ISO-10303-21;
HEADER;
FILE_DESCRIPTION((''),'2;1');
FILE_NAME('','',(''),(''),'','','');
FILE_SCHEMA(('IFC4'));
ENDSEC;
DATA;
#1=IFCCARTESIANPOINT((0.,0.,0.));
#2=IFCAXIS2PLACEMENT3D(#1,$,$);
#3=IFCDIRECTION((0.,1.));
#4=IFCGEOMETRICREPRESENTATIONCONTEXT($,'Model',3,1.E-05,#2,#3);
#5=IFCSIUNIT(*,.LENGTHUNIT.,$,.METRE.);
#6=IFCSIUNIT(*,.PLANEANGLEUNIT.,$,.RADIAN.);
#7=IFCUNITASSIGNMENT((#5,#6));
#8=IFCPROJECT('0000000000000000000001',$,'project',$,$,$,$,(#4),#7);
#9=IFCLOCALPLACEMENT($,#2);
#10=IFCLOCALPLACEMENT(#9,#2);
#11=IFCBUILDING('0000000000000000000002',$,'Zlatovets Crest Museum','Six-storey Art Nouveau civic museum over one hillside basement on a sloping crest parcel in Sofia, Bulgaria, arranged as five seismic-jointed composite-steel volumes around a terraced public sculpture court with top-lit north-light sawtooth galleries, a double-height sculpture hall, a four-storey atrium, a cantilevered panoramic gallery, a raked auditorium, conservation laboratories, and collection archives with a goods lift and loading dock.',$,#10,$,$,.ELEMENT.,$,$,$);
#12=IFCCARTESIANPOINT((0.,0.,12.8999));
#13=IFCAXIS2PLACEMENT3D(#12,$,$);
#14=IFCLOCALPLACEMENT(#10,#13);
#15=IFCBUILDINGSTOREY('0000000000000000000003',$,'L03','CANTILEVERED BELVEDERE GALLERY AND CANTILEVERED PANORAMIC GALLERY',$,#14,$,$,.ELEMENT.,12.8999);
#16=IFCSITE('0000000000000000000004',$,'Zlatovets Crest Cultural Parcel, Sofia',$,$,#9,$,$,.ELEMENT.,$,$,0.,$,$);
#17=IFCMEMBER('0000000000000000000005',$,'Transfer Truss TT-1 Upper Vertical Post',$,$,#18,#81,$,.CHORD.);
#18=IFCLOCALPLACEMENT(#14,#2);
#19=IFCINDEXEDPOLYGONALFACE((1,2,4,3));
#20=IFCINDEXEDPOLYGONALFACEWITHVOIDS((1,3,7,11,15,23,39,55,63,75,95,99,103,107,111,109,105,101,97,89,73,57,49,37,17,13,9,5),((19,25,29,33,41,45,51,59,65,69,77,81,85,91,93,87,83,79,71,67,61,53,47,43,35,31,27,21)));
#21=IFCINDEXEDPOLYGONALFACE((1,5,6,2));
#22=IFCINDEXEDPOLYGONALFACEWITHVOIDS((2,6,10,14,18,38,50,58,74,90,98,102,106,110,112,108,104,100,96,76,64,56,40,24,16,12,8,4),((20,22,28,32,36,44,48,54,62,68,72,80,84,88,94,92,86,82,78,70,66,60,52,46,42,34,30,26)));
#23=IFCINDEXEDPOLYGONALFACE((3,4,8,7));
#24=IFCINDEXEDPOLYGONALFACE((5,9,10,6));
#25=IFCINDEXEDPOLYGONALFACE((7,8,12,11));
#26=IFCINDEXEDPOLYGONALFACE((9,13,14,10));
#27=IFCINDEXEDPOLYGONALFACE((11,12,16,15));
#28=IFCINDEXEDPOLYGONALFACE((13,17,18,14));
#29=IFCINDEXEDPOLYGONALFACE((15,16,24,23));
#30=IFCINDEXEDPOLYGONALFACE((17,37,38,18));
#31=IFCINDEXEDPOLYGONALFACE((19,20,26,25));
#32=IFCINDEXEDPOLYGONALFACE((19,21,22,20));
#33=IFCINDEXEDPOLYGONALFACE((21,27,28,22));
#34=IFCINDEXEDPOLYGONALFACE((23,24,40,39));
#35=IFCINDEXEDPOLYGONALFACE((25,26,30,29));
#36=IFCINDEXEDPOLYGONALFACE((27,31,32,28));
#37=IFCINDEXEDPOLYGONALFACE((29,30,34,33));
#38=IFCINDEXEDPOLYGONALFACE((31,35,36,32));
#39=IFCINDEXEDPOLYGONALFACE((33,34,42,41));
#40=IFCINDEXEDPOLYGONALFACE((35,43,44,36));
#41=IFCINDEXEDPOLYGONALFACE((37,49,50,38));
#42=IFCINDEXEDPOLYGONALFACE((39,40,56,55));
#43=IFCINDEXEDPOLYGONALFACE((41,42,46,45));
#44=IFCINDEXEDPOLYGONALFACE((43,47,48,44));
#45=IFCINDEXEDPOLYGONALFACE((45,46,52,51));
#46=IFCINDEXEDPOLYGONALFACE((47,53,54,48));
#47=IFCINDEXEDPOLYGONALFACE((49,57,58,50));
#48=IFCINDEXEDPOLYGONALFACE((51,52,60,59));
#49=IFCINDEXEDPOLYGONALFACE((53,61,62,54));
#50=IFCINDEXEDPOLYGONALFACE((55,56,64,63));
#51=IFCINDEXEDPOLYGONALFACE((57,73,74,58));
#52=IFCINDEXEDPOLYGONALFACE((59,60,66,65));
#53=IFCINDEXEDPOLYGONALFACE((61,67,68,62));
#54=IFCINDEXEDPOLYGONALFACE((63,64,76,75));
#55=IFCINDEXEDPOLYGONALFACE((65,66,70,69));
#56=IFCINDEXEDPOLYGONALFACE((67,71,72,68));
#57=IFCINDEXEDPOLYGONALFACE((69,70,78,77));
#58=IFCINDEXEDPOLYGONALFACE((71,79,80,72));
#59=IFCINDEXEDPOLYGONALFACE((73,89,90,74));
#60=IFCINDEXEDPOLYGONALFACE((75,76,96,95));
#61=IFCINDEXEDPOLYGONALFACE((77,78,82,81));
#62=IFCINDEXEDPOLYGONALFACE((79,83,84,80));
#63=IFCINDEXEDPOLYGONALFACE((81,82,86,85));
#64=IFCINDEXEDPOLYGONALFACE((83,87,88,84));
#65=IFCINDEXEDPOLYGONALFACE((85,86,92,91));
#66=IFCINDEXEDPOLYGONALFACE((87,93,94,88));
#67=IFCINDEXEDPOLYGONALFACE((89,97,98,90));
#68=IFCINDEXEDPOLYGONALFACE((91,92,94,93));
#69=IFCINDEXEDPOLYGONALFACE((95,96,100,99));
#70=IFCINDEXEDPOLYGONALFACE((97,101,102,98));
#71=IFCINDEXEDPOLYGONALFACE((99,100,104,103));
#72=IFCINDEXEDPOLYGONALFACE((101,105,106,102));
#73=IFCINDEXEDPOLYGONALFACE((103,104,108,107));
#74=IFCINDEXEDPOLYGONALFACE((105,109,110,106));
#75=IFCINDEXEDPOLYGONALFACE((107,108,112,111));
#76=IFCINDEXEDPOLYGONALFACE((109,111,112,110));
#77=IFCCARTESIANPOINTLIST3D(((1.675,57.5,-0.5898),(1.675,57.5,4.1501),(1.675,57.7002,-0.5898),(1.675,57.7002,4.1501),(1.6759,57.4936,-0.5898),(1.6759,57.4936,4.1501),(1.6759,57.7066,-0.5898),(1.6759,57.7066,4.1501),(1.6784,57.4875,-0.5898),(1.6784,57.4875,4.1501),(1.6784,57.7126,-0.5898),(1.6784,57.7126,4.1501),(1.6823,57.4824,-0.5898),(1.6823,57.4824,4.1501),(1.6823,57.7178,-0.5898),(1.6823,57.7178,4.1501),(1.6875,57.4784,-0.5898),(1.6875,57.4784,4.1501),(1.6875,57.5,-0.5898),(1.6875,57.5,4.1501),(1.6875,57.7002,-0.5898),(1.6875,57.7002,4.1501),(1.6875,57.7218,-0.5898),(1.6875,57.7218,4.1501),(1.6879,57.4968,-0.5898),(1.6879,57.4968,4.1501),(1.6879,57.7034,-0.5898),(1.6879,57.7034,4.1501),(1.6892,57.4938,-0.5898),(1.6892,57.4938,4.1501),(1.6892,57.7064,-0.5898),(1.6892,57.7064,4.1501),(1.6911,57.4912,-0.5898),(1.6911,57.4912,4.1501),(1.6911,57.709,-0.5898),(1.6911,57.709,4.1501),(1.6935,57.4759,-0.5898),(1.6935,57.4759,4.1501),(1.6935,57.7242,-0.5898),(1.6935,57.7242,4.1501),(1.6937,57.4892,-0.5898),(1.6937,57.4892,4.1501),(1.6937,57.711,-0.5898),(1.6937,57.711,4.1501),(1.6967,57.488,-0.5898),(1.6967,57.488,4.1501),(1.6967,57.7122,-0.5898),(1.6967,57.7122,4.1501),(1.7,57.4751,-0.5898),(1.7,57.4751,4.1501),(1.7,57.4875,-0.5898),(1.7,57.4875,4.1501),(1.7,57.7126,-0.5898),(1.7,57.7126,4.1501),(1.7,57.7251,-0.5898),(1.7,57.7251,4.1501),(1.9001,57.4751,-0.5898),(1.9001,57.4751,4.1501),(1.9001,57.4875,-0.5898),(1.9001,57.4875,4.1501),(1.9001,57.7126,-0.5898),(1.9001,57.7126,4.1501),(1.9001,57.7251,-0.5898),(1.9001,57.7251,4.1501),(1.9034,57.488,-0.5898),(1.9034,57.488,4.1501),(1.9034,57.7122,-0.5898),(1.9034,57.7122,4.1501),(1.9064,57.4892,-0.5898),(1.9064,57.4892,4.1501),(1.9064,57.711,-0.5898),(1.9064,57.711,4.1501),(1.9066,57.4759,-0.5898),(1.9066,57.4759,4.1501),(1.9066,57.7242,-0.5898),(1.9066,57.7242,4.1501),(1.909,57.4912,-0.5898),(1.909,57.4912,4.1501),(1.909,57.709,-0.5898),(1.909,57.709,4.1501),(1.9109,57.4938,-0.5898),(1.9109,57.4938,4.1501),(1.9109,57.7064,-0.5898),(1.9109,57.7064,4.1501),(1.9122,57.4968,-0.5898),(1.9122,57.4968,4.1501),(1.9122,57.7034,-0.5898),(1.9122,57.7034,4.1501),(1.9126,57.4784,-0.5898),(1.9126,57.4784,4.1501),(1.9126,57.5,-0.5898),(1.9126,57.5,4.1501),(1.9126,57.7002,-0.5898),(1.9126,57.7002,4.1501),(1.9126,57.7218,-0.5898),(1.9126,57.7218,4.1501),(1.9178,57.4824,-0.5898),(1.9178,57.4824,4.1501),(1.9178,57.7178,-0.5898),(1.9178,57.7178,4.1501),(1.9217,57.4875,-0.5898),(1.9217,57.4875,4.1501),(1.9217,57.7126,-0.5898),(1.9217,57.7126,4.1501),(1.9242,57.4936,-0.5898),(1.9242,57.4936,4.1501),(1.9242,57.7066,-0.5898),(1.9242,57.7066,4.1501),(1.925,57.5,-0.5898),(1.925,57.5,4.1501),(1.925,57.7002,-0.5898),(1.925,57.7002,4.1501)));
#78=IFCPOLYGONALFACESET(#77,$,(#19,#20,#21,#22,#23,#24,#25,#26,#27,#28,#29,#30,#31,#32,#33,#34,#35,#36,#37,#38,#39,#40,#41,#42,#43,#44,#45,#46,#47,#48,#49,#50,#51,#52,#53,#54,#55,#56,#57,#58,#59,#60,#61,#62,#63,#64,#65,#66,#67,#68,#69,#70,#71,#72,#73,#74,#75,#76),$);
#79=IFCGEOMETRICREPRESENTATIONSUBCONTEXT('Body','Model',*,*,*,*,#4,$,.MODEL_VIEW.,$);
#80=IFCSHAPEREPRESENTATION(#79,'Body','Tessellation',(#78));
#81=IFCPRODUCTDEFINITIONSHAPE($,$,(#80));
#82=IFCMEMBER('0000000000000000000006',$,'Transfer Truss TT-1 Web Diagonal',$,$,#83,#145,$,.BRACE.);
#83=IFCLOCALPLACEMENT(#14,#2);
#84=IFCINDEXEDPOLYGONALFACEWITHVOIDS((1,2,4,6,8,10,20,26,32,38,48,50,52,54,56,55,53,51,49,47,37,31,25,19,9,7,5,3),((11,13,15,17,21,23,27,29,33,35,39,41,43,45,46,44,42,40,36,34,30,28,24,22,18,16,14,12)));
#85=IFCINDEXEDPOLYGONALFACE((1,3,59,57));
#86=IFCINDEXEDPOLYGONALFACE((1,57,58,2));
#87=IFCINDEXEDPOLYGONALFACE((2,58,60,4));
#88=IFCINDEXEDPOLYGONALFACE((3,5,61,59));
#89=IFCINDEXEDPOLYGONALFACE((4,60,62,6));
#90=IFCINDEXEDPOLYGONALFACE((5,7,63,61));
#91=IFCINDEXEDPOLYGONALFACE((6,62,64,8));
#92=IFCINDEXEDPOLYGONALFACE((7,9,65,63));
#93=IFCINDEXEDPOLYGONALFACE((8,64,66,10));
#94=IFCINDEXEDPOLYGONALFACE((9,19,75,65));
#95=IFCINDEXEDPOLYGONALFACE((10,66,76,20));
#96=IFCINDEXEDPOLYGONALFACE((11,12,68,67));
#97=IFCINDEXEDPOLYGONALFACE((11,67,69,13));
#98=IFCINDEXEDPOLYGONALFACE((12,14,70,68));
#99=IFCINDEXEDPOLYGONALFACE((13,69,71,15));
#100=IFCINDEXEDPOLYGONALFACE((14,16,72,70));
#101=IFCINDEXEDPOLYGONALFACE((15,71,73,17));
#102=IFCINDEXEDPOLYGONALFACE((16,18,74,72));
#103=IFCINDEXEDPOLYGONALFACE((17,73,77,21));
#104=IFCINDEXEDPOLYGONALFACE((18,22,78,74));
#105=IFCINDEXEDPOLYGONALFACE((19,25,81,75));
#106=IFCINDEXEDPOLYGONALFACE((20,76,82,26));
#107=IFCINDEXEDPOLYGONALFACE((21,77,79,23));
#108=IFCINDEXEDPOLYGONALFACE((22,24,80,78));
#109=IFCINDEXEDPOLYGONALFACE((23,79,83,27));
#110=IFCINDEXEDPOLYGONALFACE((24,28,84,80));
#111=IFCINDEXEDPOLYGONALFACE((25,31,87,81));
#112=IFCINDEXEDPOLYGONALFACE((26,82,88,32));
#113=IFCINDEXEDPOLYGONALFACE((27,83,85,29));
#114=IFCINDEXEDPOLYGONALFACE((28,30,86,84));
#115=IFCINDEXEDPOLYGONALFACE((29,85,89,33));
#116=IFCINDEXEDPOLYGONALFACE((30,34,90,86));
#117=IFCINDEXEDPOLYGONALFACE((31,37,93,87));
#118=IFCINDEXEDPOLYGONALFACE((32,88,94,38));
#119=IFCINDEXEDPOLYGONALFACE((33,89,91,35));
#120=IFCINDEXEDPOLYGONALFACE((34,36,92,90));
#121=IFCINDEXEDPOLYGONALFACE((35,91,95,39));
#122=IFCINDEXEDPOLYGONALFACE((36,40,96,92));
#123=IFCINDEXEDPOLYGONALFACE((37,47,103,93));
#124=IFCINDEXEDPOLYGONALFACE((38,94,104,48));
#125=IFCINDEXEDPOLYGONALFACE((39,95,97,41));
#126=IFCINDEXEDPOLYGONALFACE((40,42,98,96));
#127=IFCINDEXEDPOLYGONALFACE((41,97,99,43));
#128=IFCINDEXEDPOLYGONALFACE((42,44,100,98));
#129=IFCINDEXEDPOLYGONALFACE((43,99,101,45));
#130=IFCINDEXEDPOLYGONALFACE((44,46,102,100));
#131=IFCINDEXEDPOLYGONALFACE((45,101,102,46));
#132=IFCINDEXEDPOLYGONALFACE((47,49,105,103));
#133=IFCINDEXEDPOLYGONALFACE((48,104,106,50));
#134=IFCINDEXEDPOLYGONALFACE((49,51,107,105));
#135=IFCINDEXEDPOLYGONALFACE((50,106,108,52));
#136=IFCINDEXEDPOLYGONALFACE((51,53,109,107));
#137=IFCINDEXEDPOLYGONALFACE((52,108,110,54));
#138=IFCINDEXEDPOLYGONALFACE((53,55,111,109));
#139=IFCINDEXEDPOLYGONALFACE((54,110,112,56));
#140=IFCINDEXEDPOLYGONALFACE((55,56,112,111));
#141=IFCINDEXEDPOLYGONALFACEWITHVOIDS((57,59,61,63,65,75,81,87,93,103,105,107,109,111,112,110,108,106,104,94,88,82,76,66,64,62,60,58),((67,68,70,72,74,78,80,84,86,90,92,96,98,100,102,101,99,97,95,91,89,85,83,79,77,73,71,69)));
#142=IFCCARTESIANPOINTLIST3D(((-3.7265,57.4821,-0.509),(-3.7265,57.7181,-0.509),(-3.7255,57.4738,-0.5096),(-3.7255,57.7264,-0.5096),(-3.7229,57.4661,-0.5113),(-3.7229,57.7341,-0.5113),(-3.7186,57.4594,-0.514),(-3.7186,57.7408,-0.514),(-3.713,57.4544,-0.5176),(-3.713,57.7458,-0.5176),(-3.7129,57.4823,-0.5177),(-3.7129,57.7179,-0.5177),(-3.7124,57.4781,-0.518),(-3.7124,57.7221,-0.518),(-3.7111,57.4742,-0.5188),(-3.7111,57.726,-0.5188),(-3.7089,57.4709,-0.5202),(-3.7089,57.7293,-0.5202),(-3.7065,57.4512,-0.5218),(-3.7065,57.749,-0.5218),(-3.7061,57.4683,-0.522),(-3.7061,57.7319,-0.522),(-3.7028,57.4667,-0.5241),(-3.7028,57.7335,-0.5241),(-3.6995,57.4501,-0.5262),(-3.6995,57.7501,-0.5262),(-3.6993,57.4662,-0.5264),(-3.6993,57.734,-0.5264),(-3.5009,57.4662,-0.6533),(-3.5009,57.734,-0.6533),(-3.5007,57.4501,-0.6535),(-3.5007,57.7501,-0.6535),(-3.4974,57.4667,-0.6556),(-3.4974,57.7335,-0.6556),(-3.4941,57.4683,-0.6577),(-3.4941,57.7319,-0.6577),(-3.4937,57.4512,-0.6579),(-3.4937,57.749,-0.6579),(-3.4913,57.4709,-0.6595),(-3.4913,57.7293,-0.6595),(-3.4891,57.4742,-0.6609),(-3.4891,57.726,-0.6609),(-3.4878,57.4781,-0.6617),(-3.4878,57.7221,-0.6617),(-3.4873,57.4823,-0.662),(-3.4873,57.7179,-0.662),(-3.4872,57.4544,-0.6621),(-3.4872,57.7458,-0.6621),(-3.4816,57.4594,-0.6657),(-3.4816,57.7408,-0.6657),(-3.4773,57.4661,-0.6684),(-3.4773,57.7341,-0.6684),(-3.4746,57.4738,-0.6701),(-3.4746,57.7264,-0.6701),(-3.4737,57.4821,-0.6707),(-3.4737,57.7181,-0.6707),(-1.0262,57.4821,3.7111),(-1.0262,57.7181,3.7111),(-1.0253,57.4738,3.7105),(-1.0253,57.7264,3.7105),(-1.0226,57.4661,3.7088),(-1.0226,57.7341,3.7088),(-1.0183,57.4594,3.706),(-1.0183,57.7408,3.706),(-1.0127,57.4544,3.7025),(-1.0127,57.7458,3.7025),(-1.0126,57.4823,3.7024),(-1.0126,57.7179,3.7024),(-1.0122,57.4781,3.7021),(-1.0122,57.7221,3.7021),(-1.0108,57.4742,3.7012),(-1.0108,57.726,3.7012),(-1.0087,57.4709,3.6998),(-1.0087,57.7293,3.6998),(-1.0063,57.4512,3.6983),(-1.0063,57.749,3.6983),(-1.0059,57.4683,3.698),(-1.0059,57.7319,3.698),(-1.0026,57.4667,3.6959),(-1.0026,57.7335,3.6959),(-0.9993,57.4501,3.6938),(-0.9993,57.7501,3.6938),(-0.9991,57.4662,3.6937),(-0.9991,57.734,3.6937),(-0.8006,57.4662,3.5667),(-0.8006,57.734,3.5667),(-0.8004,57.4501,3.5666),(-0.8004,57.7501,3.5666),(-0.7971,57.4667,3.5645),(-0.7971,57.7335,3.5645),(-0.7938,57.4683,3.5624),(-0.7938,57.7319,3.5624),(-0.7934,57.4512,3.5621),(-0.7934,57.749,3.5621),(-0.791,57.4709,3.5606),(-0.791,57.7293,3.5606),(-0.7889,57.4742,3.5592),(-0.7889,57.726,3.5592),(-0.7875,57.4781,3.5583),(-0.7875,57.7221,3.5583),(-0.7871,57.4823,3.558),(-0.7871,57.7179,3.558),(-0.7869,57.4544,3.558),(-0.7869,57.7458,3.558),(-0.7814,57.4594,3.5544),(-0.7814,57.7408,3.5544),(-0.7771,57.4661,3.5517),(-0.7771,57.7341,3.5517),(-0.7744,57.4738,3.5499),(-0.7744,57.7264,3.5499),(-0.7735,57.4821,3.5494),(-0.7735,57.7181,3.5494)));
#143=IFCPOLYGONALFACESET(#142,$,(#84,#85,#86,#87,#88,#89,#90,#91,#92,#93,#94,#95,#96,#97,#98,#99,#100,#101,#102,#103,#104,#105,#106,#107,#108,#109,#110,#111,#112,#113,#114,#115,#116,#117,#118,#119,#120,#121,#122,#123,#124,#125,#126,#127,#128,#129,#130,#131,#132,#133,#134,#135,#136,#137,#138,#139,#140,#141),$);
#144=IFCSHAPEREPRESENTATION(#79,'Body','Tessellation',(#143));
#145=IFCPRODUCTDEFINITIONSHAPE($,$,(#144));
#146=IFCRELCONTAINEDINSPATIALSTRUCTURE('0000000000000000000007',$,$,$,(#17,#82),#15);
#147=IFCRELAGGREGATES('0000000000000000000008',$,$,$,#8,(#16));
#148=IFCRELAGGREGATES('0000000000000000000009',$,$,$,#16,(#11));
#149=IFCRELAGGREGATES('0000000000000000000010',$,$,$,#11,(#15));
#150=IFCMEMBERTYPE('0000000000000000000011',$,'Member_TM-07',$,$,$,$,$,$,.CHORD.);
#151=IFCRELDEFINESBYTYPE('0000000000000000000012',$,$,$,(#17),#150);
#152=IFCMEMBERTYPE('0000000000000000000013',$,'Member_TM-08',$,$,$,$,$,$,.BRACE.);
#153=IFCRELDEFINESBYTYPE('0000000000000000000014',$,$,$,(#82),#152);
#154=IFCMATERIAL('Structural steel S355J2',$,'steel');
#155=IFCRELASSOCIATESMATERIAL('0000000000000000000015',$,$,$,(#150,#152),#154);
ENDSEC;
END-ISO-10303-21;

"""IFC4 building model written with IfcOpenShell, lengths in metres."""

from ifc_helpers import new_model, si_unit, direction, frame, origin, origin_2d, place, context, subcontext, project, spatial, hollow_rectangle, extrude, material, material_profile, profile_set, type_object, element, save


model = new_model("IFC4")

# Units and contexts
model_context = context("Model", 3, precision=1e-05, world=origin(), true_north=direction((0.0, 1.0)))
body_context = subcontext(model_context, "Body", "Model", "MODEL_VIEW")
ifc_project = project(units=[si_unit("LENGTHUNIT", "METRE"), si_unit("PLANEANGLEUNIT", "RADIAN")], contexts=[model_context])

# Site, building, storey
site_placement = place(None, origin())
site = spatial("IfcSite", under=ifc_project, at=site_placement, Name="Zlatovets Crest Cultural Parcel, Sofia", CompositionType="ELEMENT", RefElevation=0.0)
building_placement = place(site_placement, origin())
building = spatial("IfcBuilding", under=site, at=building_placement, Name="Zlatovets Crest Museum", Description="Six-storey Art Nouveau civic museum over one hillside basement on a sloping crest parcel in Sofia, Bulgaria, arranged as five seismic-jointed composite-steel volumes around a terraced public sculpture court with top-lit north-light sawtooth galleries, a double-height sculpture hall, a four-storey atrium, a cantilevered panoramic gallery, a raked auditorium, conservation laboratories, and collection archives with a goods lift and loading dock.", CompositionType="ELEMENT")
storey_placement = place(building_placement, frame((0.0, 0.0, 12.8999)))
storey = spatial("IfcBuildingStorey", under=building, at=storey_placement, Name="L03", Description="CANTILEVERED BELVEDERE GALLERY AND CANTILEVERED PANORAMIC GALLERY", CompositionType="ELEMENT", Elevation=12.8999)

# Shared definitions
ifc_material_1 = material(Name="Structural steel S355J2", Category="steel")

# Members
ifc_material_profile_1 = material_profile(ifc_material_1, hollow_rectangle(XDim=0.25, YDim=0.25, WallThickness=0.0125, InnerFilletRadius=0.0125, OuterFilletRadius=0.0249, at=origin_2d()), Name="SHS 250x250x12.5")
ifc_profile_set_1 = profile_set([ifc_material_profile_1], Name="Structural steel S355J2")
member_type_1 = type_object("IfcMemberType", Name="Member_TM-07", PredefinedType="CHORD", material=ifc_profile_set_1)
for number, where, z_axis, x_axis, name in (
    (1, (1.8, 57.6001, -0.5898), (0.0, 0.0, 1.0), (1.0, 0.0, 0.0), "Transfer Truss TT-1 Upper Vertical Post"),
):
    element("IfcMember", number, at=place(storey_placement, frame(where, z_axis=z_axis, x_axis=x_axis)), inside=storey, type_object=member_type_1, Name=name, PredefinedType="CHORD", context=body_context, shape_type="SweptSolid", body=[
        extrude(hollow_rectangle(XDim=0.25, YDim=0.25, WallThickness=0.0125, InnerFilletRadius=0.0125, OuterFilletRadius=0.0249, at=origin_2d()), origin(), (0.0, 0.0, 1.0), 4.74),
    ])
ifc_material_profile_2 = material_profile(ifc_material_1, hollow_rectangle(XDim=0.3, YDim=0.3, WallThickness=0.0161, InnerFilletRadius=0.0161, OuterFilletRadius=0.032, at=origin_2d()), Name="SHS 300x300x16.0")
ifc_profile_set_2 = profile_set([ifc_material_profile_2], Name="Structural steel S355J2")
member_type_2 = type_object("IfcMemberType", Name="Member_TM-08", PredefinedType="BRACE", material=ifc_profile_set_2)
member_1_placement = place(storey_placement, frame((-3.6001, 57.6001, -0.5898), z_axis=(0.538971, 0.0, 0.842324), x_axis=(0.0, 1.0, 0.0)))
element("IfcMember", 2, at=member_1_placement, inside=storey, type_object=member_type_2, Name="Transfer Truss TT-1 Web Diagonal", PredefinedType="BRACE", context=body_context, shape_type="SweptSolid", body=[
    extrude(hollow_rectangle(XDim=0.3, YDim=0.3, WallThickness=0.0161, InnerFilletRadius=0.0161, OuterFilletRadius=0.032, at=origin_2d()), origin(), (0.0, 0.0, 1.0), 5.01),
])

save(model, "model.ifc")
